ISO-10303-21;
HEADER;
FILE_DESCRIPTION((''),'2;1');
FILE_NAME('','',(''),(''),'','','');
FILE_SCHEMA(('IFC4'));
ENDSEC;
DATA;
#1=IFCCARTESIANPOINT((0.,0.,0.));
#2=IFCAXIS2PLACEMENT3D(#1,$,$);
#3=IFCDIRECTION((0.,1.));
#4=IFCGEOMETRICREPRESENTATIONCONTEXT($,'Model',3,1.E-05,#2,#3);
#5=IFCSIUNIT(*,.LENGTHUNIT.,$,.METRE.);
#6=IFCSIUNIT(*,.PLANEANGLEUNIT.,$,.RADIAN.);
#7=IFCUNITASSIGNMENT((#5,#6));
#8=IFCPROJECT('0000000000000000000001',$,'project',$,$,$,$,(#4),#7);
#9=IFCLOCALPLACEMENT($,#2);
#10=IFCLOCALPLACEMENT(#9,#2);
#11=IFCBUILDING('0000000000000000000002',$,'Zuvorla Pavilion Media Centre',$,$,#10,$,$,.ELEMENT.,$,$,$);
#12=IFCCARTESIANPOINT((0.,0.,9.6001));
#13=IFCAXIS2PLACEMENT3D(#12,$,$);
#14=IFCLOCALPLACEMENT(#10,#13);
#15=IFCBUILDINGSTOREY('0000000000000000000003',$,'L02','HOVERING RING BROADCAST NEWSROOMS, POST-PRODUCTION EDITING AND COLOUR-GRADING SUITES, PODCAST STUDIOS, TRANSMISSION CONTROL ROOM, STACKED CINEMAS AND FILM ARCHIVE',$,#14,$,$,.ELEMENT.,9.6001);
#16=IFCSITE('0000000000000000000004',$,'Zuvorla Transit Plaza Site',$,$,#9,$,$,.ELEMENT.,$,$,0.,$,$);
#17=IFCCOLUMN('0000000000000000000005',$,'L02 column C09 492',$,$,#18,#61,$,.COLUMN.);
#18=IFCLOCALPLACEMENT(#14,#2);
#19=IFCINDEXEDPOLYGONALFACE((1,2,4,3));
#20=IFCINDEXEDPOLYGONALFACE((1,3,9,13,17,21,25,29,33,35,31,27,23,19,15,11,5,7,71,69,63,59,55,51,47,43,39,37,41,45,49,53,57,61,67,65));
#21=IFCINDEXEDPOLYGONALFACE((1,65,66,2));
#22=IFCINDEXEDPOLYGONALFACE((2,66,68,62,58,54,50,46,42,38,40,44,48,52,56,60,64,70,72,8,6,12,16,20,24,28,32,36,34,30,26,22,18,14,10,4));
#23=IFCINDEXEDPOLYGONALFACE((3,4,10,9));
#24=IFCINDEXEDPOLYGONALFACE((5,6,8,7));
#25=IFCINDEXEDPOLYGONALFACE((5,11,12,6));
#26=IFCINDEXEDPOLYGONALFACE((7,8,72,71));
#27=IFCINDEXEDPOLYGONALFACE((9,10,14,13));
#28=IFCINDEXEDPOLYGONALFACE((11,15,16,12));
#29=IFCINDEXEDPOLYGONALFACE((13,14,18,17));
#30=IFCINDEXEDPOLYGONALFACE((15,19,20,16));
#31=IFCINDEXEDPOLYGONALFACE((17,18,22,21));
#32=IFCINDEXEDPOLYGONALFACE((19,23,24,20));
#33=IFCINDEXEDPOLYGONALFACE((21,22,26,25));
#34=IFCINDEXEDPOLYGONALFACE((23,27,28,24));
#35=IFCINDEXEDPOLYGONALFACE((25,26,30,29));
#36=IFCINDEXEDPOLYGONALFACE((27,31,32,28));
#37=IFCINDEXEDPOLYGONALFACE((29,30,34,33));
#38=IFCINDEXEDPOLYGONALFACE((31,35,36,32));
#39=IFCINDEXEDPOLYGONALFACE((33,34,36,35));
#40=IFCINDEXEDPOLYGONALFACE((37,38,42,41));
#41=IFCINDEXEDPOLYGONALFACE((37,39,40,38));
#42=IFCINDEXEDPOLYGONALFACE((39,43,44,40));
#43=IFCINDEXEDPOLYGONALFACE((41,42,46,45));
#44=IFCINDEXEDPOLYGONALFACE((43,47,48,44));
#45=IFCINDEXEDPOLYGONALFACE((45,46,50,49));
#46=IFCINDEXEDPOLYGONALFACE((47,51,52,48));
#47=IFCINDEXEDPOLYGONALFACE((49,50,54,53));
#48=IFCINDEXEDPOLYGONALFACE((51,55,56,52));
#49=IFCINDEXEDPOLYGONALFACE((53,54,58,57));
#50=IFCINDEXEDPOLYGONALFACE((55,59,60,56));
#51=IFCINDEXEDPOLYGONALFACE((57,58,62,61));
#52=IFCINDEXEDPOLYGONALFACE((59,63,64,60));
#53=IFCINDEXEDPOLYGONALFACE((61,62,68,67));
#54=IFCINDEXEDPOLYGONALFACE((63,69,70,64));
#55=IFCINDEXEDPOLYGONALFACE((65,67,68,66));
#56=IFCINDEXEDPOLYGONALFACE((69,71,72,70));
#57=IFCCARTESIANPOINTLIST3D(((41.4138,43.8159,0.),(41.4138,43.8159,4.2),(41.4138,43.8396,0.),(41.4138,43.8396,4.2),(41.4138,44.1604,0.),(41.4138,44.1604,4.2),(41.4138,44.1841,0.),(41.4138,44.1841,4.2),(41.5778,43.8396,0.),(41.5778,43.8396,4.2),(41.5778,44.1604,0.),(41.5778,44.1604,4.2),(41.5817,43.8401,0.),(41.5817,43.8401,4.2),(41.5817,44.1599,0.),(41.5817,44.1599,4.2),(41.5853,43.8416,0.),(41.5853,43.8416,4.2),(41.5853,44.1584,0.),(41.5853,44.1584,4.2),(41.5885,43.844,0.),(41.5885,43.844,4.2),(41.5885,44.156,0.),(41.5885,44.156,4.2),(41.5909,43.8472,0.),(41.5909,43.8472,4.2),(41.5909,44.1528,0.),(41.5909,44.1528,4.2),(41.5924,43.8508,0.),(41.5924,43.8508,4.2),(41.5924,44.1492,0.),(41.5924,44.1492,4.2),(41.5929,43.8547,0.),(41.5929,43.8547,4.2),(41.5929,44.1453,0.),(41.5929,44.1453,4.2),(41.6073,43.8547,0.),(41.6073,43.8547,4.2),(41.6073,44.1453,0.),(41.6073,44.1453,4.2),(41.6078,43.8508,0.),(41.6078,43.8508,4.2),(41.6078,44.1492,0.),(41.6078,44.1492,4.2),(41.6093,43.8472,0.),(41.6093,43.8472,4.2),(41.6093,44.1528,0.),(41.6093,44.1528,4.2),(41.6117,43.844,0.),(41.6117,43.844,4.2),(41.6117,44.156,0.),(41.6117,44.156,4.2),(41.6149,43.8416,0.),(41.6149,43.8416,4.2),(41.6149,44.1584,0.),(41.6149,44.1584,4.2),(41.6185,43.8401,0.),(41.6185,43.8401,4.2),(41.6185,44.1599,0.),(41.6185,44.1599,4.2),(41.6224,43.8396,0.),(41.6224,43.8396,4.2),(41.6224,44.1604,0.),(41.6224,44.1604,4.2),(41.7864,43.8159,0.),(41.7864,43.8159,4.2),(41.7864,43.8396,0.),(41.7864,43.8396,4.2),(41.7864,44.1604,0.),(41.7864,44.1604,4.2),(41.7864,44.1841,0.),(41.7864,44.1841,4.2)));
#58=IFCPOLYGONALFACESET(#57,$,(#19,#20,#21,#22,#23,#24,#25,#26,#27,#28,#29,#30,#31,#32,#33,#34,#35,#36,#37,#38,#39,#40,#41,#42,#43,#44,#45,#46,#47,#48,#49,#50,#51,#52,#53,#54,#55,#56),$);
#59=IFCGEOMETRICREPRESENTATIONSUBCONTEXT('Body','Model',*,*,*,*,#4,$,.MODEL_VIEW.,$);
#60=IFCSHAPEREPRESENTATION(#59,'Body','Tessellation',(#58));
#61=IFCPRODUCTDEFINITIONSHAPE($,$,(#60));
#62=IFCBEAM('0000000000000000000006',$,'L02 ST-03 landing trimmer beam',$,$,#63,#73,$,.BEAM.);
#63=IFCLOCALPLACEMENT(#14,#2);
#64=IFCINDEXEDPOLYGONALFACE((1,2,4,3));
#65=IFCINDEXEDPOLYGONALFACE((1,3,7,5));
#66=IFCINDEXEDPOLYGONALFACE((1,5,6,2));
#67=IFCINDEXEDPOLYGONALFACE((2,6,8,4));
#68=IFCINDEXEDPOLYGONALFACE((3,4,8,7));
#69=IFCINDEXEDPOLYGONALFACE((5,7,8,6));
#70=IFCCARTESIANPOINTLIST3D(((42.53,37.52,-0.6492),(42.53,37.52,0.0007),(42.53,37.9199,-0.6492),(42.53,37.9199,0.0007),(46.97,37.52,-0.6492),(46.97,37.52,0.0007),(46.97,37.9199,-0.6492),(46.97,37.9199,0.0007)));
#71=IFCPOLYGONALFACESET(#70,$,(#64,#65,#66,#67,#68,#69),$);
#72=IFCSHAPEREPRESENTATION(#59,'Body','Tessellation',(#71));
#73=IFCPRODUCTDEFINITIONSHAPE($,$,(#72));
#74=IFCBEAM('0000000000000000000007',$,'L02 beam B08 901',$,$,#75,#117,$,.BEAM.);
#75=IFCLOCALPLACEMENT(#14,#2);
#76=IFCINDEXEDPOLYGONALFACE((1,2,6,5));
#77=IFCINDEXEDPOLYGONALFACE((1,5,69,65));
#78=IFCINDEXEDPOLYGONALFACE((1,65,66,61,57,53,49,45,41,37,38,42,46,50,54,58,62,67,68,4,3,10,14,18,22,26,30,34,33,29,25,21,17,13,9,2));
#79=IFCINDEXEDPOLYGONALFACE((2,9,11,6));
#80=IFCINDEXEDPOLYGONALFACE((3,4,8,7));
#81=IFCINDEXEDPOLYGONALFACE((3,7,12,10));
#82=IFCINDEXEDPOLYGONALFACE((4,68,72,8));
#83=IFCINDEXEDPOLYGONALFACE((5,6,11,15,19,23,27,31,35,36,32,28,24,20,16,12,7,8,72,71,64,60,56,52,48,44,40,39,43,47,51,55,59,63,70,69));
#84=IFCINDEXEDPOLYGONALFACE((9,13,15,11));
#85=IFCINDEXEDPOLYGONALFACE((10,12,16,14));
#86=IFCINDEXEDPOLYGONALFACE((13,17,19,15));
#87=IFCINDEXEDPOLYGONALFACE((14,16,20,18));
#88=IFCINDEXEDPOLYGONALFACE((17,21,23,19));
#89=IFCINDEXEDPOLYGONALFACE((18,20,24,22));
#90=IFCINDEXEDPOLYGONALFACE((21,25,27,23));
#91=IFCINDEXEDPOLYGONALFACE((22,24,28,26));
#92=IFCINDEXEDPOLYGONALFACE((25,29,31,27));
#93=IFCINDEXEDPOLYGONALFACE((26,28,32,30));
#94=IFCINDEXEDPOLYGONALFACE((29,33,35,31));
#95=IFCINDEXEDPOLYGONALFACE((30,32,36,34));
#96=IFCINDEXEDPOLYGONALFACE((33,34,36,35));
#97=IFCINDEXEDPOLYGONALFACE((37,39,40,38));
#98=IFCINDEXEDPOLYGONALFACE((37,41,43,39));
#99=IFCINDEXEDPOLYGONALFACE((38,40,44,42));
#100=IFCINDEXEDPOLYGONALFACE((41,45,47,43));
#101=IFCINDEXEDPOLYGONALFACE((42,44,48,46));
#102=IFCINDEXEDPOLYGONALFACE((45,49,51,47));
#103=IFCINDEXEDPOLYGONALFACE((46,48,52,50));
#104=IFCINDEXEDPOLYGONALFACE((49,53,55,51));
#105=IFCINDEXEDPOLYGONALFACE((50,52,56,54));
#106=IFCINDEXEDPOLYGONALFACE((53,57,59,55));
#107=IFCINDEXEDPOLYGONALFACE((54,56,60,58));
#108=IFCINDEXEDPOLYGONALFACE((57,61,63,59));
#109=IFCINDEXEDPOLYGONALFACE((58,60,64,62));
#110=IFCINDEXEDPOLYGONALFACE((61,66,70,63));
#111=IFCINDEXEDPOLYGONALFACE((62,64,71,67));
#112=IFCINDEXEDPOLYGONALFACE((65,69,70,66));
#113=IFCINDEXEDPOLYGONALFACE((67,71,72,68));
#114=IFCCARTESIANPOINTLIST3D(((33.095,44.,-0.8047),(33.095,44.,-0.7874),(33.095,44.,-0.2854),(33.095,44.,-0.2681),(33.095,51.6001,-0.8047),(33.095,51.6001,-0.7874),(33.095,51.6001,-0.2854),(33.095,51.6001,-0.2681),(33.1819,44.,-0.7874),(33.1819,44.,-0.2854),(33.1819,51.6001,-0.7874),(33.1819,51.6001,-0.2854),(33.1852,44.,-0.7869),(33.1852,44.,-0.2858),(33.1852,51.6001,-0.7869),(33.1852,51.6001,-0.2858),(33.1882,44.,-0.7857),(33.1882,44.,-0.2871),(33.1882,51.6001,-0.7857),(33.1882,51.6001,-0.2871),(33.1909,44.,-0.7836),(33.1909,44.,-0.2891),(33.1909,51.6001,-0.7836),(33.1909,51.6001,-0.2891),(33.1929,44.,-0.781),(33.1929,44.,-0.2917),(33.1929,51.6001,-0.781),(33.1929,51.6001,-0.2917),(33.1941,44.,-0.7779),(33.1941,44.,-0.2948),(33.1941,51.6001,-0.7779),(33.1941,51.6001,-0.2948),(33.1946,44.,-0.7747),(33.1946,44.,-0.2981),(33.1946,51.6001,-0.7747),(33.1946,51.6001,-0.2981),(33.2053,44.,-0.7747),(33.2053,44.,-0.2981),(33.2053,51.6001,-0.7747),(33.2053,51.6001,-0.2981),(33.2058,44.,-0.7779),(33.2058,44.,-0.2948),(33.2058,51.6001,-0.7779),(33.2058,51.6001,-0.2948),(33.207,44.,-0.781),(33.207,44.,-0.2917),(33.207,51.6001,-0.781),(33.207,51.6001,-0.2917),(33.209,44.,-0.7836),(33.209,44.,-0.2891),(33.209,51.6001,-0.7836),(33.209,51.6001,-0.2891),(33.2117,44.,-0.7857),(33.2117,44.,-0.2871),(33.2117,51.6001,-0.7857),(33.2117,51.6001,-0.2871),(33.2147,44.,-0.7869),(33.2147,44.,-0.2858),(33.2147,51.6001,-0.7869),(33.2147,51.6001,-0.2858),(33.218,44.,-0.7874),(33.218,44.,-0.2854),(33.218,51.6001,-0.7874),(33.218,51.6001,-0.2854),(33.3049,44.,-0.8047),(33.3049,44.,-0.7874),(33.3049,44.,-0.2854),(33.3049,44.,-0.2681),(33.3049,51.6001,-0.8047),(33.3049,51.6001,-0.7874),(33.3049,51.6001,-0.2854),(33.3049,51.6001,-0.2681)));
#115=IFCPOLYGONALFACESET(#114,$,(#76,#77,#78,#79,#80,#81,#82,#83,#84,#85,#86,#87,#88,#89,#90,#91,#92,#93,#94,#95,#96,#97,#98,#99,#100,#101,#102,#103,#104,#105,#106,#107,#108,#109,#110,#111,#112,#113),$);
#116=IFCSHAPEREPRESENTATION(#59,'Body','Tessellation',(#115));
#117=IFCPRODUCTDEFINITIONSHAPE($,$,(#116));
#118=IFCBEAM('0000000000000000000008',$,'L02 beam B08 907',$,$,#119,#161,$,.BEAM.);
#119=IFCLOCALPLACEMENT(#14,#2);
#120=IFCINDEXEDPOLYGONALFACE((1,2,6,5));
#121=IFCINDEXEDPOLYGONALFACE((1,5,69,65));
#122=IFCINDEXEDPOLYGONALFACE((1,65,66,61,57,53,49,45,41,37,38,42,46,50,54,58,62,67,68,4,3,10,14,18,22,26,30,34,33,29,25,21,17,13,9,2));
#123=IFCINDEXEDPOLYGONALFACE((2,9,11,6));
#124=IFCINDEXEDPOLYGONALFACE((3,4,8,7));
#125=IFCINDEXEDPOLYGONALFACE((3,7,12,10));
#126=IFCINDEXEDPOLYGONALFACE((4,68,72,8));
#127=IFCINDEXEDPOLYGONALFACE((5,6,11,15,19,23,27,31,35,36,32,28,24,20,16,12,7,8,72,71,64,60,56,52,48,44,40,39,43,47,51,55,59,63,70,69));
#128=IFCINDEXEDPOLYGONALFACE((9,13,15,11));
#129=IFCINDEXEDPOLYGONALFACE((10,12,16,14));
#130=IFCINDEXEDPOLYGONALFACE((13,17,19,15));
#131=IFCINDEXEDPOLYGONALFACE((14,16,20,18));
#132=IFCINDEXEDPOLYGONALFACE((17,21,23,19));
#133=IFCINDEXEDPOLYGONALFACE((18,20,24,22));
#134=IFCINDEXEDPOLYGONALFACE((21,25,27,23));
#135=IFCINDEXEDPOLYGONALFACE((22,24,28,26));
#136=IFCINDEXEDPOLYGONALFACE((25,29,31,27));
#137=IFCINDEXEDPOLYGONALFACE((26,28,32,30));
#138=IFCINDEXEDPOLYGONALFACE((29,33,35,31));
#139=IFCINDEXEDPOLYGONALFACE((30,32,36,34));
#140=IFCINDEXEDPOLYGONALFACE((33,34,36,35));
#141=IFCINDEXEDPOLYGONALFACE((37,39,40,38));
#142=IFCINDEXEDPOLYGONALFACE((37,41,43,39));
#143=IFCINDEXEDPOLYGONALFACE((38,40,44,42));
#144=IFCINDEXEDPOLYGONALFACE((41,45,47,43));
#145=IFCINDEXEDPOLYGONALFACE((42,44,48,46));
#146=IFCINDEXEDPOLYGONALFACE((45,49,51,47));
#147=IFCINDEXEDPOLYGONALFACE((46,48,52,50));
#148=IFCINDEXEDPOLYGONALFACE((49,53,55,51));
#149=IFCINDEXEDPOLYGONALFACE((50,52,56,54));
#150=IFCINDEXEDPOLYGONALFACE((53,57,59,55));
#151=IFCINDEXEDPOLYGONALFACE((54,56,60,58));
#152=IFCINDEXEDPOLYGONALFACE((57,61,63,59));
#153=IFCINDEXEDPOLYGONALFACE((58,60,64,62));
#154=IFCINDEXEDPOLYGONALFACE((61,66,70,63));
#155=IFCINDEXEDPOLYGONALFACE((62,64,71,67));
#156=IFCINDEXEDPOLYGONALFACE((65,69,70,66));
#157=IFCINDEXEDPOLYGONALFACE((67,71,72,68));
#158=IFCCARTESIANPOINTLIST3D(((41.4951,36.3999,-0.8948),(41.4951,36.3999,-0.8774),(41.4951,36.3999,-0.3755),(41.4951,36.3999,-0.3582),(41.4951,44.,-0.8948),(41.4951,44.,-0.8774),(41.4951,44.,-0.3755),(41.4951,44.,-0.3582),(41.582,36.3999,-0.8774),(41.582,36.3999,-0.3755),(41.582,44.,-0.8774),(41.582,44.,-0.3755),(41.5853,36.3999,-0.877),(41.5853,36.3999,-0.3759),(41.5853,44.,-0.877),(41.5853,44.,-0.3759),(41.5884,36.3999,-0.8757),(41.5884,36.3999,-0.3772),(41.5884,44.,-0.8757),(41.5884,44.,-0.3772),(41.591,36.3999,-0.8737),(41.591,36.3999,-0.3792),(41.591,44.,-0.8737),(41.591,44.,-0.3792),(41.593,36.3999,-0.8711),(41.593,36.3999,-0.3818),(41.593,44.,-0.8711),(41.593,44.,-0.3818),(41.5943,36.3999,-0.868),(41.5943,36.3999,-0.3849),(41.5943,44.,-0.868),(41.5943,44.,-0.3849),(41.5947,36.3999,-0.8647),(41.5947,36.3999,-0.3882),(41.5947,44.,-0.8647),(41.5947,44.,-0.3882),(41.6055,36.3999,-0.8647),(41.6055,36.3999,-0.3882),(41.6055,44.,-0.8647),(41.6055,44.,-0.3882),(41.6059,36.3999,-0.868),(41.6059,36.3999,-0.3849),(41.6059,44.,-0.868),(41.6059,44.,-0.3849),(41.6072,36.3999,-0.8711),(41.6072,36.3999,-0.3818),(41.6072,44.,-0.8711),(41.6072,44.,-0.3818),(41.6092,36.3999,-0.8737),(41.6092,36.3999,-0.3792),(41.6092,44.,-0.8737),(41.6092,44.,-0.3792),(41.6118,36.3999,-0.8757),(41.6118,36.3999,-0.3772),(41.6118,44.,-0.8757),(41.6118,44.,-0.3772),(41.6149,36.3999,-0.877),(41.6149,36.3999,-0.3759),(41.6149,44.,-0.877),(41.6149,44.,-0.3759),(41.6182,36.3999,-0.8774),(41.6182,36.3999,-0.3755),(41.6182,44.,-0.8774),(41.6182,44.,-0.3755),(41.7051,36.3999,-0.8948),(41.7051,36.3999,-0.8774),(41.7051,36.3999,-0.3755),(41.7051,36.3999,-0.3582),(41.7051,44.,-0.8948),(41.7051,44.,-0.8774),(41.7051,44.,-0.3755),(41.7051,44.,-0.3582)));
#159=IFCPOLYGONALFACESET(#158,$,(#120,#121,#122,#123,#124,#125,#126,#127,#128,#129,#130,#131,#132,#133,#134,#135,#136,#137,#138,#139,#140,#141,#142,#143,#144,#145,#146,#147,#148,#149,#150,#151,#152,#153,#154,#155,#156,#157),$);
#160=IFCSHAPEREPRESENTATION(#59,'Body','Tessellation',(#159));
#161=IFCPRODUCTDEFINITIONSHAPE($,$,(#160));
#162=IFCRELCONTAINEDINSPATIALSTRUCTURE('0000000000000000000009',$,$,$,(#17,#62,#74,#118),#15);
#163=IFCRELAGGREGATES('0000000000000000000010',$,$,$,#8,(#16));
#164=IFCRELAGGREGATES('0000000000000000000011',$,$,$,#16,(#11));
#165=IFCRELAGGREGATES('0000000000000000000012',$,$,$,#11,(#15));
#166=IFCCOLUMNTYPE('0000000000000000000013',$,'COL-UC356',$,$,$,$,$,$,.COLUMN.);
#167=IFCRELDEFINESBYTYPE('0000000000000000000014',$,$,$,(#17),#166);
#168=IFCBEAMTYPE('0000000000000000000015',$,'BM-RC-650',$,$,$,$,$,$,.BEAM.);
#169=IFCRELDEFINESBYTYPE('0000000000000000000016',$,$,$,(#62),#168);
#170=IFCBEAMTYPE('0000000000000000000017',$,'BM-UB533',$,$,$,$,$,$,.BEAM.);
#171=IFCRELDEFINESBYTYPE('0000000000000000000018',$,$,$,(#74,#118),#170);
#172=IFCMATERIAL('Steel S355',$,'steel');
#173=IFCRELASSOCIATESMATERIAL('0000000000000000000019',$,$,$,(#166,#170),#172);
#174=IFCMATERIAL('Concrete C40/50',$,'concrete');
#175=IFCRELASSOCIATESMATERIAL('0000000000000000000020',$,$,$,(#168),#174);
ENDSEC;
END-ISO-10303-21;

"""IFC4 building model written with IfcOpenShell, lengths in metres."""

from ifc_helpers import new_model, si_unit, direction, frame, origin, origin_2d, place, context, subcontext, project, spatial, rectangle, i_section, extrude, material, material_profile, profile_set, type_object, element, save


model = new_model("IFC4")

# Units and contexts
model_context = context("Model", 3, precision=1e-05, world=origin(), true_north=direction((0.0, 1.0)))
body_context = subcontext(model_context, "Body", "Model", "MODEL_VIEW")
ifc_project = project(units=[si_unit("LENGTHUNIT", "METRE"), si_unit("PLANEANGLEUNIT", "RADIAN")], contexts=[model_context])

# Site, building, storey
site_placement = place(None, origin())
site = spatial("IfcSite", under=ifc_project, at=site_placement, Name="Zuvorla Transit Plaza Site", CompositionType="ELEMENT", RefElevation=0.0)
building_placement = place(site_placement, origin())
building = spatial("IfcBuilding", under=site, at=building_placement, Name="Zuvorla Pavilion Media Centre", CompositionType="ELEMENT")
storey_placement = place(building_placement, frame((0.0, 0.0, 9.6001)))
storey = spatial("IfcBuildingStorey", under=building, at=storey_placement, Name="L02", Description="HOVERING RING BROADCAST NEWSROOMS, POST-PRODUCTION EDITING AND COLOUR-GRADING SUITES, PODCAST STUDIOS, TRANSMISSION CONTROL ROOM, STACKED CINEMAS AND FILM ARCHIVE", CompositionType="ELEMENT", Elevation=9.6001)

# Column
ifc_material_1 = material(Name="Steel S355", Category="steel")
ifc_material_profile_1 = material_profile(ifc_material_1, i_section(OverallWidth=0.3726, OverallDepth=0.3682, WebThickness=0.0144, FlangeThickness=0.0237, FilletRadius=0.0151, at=origin_2d()), Name="UC 356x368x177")
ifc_profile_set_1 = profile_set([ifc_material_profile_1], Name="Steel S355")
column_type = type_object("IfcColumnType", Name="COL-UC356", PredefinedType="COLUMN", material=ifc_profile_set_1)
column_placement = place(storey_placement, frame((41.6001, 44.0, 0.0), z_axis=(0.0, 0.0, 1.0), x_axis=(1.0, 0.0, 0.0)))
element("IfcColumn", 1, at=column_placement, inside=storey, type_object=column_type, Name="L02 column C09 492", PredefinedType="COLUMN", context=body_context, shape_type="SweptSolid", body=[
    extrude(i_section(OverallWidth=0.3726, OverallDepth=0.3682, WebThickness=0.0144, FlangeThickness=0.0237, FilletRadius=0.0151, at=origin_2d()), origin(), (0.0, 0.0, 1.0), 4.2),
])

# Beams
ifc_material_2 = material(Name="Concrete C40/50", Category="concrete")
ifc_material_profile_2 = material_profile(ifc_material_2, rectangle(XDim=0.3999, YDim=0.6499, at=origin_2d()), Name="RC 400x650")
ifc_profile_set_2 = profile_set([ifc_material_profile_2], Name="Concrete C40/50")
beam_type_1 = type_object("IfcBeamType", Name="BM-RC-650", PredefinedType="BEAM", material=ifc_profile_set_2)
beam_1_placement = place(storey_placement, frame((42.53, 37.72, -0.3242), z_axis=(1.0, 0.0, 0.0), x_axis=(0.0, 1.0, 0.0)))
element("IfcBeam", 2, at=beam_1_placement, inside=storey, type_object=beam_type_1, Name="L02 ST-03 landing trimmer beam", PredefinedType="BEAM", context=body_context, shape_type="SweptSolid", body=[
    extrude(rectangle(XDim=0.3999, YDim=0.6499, at=origin_2d()), origin(), (0.0, 0.0, 1.0), 4.4399),
])
ifc_material_profile_3 = material_profile(ifc_material_1, i_section(OverallWidth=0.21, OverallDepth=0.5366, WebThickness=0.0107, FlangeThickness=0.0173, FilletRadius=0.0127, at=origin_2d()), Name="UB 533x210x101")
ifc_profile_set_3 = profile_set([ifc_material_profile_3], Name="Steel S355")
beam_type_2 = type_object("IfcBeamType", Name="BM-UB533", PredefinedType="BEAM", material=ifc_profile_set_3)
for number, where, z_axis, x_axis, name in (
    (3, (33.2, 44.0, -0.5364), (0.0, 1.0, 0.0), (-1.0, 0.0, 0.0), "L02 beam B08 901"),
    (4, (41.6001, 36.3999, -0.6265), (0.0, 1.0, 0.0), (-1.0, 0.0, 0.0), "L02 beam B08 907"),
):
    element("IfcBeam", number, at=place(storey_placement, frame(where, z_axis=z_axis, x_axis=x_axis)), inside=storey, type_object=beam_type_2, Name=name, PredefinedType="BEAM", context=body_context, shape_type="SweptSolid", body=[
        extrude(i_section(OverallWidth=0.21, OverallDepth=0.5366, WebThickness=0.0107, FlangeThickness=0.0173, FilletRadius=0.0127, at=origin_2d()), origin(), (0.0, 0.0, 1.0), 7.6001),
    ])

save(model, "model.ifc")
